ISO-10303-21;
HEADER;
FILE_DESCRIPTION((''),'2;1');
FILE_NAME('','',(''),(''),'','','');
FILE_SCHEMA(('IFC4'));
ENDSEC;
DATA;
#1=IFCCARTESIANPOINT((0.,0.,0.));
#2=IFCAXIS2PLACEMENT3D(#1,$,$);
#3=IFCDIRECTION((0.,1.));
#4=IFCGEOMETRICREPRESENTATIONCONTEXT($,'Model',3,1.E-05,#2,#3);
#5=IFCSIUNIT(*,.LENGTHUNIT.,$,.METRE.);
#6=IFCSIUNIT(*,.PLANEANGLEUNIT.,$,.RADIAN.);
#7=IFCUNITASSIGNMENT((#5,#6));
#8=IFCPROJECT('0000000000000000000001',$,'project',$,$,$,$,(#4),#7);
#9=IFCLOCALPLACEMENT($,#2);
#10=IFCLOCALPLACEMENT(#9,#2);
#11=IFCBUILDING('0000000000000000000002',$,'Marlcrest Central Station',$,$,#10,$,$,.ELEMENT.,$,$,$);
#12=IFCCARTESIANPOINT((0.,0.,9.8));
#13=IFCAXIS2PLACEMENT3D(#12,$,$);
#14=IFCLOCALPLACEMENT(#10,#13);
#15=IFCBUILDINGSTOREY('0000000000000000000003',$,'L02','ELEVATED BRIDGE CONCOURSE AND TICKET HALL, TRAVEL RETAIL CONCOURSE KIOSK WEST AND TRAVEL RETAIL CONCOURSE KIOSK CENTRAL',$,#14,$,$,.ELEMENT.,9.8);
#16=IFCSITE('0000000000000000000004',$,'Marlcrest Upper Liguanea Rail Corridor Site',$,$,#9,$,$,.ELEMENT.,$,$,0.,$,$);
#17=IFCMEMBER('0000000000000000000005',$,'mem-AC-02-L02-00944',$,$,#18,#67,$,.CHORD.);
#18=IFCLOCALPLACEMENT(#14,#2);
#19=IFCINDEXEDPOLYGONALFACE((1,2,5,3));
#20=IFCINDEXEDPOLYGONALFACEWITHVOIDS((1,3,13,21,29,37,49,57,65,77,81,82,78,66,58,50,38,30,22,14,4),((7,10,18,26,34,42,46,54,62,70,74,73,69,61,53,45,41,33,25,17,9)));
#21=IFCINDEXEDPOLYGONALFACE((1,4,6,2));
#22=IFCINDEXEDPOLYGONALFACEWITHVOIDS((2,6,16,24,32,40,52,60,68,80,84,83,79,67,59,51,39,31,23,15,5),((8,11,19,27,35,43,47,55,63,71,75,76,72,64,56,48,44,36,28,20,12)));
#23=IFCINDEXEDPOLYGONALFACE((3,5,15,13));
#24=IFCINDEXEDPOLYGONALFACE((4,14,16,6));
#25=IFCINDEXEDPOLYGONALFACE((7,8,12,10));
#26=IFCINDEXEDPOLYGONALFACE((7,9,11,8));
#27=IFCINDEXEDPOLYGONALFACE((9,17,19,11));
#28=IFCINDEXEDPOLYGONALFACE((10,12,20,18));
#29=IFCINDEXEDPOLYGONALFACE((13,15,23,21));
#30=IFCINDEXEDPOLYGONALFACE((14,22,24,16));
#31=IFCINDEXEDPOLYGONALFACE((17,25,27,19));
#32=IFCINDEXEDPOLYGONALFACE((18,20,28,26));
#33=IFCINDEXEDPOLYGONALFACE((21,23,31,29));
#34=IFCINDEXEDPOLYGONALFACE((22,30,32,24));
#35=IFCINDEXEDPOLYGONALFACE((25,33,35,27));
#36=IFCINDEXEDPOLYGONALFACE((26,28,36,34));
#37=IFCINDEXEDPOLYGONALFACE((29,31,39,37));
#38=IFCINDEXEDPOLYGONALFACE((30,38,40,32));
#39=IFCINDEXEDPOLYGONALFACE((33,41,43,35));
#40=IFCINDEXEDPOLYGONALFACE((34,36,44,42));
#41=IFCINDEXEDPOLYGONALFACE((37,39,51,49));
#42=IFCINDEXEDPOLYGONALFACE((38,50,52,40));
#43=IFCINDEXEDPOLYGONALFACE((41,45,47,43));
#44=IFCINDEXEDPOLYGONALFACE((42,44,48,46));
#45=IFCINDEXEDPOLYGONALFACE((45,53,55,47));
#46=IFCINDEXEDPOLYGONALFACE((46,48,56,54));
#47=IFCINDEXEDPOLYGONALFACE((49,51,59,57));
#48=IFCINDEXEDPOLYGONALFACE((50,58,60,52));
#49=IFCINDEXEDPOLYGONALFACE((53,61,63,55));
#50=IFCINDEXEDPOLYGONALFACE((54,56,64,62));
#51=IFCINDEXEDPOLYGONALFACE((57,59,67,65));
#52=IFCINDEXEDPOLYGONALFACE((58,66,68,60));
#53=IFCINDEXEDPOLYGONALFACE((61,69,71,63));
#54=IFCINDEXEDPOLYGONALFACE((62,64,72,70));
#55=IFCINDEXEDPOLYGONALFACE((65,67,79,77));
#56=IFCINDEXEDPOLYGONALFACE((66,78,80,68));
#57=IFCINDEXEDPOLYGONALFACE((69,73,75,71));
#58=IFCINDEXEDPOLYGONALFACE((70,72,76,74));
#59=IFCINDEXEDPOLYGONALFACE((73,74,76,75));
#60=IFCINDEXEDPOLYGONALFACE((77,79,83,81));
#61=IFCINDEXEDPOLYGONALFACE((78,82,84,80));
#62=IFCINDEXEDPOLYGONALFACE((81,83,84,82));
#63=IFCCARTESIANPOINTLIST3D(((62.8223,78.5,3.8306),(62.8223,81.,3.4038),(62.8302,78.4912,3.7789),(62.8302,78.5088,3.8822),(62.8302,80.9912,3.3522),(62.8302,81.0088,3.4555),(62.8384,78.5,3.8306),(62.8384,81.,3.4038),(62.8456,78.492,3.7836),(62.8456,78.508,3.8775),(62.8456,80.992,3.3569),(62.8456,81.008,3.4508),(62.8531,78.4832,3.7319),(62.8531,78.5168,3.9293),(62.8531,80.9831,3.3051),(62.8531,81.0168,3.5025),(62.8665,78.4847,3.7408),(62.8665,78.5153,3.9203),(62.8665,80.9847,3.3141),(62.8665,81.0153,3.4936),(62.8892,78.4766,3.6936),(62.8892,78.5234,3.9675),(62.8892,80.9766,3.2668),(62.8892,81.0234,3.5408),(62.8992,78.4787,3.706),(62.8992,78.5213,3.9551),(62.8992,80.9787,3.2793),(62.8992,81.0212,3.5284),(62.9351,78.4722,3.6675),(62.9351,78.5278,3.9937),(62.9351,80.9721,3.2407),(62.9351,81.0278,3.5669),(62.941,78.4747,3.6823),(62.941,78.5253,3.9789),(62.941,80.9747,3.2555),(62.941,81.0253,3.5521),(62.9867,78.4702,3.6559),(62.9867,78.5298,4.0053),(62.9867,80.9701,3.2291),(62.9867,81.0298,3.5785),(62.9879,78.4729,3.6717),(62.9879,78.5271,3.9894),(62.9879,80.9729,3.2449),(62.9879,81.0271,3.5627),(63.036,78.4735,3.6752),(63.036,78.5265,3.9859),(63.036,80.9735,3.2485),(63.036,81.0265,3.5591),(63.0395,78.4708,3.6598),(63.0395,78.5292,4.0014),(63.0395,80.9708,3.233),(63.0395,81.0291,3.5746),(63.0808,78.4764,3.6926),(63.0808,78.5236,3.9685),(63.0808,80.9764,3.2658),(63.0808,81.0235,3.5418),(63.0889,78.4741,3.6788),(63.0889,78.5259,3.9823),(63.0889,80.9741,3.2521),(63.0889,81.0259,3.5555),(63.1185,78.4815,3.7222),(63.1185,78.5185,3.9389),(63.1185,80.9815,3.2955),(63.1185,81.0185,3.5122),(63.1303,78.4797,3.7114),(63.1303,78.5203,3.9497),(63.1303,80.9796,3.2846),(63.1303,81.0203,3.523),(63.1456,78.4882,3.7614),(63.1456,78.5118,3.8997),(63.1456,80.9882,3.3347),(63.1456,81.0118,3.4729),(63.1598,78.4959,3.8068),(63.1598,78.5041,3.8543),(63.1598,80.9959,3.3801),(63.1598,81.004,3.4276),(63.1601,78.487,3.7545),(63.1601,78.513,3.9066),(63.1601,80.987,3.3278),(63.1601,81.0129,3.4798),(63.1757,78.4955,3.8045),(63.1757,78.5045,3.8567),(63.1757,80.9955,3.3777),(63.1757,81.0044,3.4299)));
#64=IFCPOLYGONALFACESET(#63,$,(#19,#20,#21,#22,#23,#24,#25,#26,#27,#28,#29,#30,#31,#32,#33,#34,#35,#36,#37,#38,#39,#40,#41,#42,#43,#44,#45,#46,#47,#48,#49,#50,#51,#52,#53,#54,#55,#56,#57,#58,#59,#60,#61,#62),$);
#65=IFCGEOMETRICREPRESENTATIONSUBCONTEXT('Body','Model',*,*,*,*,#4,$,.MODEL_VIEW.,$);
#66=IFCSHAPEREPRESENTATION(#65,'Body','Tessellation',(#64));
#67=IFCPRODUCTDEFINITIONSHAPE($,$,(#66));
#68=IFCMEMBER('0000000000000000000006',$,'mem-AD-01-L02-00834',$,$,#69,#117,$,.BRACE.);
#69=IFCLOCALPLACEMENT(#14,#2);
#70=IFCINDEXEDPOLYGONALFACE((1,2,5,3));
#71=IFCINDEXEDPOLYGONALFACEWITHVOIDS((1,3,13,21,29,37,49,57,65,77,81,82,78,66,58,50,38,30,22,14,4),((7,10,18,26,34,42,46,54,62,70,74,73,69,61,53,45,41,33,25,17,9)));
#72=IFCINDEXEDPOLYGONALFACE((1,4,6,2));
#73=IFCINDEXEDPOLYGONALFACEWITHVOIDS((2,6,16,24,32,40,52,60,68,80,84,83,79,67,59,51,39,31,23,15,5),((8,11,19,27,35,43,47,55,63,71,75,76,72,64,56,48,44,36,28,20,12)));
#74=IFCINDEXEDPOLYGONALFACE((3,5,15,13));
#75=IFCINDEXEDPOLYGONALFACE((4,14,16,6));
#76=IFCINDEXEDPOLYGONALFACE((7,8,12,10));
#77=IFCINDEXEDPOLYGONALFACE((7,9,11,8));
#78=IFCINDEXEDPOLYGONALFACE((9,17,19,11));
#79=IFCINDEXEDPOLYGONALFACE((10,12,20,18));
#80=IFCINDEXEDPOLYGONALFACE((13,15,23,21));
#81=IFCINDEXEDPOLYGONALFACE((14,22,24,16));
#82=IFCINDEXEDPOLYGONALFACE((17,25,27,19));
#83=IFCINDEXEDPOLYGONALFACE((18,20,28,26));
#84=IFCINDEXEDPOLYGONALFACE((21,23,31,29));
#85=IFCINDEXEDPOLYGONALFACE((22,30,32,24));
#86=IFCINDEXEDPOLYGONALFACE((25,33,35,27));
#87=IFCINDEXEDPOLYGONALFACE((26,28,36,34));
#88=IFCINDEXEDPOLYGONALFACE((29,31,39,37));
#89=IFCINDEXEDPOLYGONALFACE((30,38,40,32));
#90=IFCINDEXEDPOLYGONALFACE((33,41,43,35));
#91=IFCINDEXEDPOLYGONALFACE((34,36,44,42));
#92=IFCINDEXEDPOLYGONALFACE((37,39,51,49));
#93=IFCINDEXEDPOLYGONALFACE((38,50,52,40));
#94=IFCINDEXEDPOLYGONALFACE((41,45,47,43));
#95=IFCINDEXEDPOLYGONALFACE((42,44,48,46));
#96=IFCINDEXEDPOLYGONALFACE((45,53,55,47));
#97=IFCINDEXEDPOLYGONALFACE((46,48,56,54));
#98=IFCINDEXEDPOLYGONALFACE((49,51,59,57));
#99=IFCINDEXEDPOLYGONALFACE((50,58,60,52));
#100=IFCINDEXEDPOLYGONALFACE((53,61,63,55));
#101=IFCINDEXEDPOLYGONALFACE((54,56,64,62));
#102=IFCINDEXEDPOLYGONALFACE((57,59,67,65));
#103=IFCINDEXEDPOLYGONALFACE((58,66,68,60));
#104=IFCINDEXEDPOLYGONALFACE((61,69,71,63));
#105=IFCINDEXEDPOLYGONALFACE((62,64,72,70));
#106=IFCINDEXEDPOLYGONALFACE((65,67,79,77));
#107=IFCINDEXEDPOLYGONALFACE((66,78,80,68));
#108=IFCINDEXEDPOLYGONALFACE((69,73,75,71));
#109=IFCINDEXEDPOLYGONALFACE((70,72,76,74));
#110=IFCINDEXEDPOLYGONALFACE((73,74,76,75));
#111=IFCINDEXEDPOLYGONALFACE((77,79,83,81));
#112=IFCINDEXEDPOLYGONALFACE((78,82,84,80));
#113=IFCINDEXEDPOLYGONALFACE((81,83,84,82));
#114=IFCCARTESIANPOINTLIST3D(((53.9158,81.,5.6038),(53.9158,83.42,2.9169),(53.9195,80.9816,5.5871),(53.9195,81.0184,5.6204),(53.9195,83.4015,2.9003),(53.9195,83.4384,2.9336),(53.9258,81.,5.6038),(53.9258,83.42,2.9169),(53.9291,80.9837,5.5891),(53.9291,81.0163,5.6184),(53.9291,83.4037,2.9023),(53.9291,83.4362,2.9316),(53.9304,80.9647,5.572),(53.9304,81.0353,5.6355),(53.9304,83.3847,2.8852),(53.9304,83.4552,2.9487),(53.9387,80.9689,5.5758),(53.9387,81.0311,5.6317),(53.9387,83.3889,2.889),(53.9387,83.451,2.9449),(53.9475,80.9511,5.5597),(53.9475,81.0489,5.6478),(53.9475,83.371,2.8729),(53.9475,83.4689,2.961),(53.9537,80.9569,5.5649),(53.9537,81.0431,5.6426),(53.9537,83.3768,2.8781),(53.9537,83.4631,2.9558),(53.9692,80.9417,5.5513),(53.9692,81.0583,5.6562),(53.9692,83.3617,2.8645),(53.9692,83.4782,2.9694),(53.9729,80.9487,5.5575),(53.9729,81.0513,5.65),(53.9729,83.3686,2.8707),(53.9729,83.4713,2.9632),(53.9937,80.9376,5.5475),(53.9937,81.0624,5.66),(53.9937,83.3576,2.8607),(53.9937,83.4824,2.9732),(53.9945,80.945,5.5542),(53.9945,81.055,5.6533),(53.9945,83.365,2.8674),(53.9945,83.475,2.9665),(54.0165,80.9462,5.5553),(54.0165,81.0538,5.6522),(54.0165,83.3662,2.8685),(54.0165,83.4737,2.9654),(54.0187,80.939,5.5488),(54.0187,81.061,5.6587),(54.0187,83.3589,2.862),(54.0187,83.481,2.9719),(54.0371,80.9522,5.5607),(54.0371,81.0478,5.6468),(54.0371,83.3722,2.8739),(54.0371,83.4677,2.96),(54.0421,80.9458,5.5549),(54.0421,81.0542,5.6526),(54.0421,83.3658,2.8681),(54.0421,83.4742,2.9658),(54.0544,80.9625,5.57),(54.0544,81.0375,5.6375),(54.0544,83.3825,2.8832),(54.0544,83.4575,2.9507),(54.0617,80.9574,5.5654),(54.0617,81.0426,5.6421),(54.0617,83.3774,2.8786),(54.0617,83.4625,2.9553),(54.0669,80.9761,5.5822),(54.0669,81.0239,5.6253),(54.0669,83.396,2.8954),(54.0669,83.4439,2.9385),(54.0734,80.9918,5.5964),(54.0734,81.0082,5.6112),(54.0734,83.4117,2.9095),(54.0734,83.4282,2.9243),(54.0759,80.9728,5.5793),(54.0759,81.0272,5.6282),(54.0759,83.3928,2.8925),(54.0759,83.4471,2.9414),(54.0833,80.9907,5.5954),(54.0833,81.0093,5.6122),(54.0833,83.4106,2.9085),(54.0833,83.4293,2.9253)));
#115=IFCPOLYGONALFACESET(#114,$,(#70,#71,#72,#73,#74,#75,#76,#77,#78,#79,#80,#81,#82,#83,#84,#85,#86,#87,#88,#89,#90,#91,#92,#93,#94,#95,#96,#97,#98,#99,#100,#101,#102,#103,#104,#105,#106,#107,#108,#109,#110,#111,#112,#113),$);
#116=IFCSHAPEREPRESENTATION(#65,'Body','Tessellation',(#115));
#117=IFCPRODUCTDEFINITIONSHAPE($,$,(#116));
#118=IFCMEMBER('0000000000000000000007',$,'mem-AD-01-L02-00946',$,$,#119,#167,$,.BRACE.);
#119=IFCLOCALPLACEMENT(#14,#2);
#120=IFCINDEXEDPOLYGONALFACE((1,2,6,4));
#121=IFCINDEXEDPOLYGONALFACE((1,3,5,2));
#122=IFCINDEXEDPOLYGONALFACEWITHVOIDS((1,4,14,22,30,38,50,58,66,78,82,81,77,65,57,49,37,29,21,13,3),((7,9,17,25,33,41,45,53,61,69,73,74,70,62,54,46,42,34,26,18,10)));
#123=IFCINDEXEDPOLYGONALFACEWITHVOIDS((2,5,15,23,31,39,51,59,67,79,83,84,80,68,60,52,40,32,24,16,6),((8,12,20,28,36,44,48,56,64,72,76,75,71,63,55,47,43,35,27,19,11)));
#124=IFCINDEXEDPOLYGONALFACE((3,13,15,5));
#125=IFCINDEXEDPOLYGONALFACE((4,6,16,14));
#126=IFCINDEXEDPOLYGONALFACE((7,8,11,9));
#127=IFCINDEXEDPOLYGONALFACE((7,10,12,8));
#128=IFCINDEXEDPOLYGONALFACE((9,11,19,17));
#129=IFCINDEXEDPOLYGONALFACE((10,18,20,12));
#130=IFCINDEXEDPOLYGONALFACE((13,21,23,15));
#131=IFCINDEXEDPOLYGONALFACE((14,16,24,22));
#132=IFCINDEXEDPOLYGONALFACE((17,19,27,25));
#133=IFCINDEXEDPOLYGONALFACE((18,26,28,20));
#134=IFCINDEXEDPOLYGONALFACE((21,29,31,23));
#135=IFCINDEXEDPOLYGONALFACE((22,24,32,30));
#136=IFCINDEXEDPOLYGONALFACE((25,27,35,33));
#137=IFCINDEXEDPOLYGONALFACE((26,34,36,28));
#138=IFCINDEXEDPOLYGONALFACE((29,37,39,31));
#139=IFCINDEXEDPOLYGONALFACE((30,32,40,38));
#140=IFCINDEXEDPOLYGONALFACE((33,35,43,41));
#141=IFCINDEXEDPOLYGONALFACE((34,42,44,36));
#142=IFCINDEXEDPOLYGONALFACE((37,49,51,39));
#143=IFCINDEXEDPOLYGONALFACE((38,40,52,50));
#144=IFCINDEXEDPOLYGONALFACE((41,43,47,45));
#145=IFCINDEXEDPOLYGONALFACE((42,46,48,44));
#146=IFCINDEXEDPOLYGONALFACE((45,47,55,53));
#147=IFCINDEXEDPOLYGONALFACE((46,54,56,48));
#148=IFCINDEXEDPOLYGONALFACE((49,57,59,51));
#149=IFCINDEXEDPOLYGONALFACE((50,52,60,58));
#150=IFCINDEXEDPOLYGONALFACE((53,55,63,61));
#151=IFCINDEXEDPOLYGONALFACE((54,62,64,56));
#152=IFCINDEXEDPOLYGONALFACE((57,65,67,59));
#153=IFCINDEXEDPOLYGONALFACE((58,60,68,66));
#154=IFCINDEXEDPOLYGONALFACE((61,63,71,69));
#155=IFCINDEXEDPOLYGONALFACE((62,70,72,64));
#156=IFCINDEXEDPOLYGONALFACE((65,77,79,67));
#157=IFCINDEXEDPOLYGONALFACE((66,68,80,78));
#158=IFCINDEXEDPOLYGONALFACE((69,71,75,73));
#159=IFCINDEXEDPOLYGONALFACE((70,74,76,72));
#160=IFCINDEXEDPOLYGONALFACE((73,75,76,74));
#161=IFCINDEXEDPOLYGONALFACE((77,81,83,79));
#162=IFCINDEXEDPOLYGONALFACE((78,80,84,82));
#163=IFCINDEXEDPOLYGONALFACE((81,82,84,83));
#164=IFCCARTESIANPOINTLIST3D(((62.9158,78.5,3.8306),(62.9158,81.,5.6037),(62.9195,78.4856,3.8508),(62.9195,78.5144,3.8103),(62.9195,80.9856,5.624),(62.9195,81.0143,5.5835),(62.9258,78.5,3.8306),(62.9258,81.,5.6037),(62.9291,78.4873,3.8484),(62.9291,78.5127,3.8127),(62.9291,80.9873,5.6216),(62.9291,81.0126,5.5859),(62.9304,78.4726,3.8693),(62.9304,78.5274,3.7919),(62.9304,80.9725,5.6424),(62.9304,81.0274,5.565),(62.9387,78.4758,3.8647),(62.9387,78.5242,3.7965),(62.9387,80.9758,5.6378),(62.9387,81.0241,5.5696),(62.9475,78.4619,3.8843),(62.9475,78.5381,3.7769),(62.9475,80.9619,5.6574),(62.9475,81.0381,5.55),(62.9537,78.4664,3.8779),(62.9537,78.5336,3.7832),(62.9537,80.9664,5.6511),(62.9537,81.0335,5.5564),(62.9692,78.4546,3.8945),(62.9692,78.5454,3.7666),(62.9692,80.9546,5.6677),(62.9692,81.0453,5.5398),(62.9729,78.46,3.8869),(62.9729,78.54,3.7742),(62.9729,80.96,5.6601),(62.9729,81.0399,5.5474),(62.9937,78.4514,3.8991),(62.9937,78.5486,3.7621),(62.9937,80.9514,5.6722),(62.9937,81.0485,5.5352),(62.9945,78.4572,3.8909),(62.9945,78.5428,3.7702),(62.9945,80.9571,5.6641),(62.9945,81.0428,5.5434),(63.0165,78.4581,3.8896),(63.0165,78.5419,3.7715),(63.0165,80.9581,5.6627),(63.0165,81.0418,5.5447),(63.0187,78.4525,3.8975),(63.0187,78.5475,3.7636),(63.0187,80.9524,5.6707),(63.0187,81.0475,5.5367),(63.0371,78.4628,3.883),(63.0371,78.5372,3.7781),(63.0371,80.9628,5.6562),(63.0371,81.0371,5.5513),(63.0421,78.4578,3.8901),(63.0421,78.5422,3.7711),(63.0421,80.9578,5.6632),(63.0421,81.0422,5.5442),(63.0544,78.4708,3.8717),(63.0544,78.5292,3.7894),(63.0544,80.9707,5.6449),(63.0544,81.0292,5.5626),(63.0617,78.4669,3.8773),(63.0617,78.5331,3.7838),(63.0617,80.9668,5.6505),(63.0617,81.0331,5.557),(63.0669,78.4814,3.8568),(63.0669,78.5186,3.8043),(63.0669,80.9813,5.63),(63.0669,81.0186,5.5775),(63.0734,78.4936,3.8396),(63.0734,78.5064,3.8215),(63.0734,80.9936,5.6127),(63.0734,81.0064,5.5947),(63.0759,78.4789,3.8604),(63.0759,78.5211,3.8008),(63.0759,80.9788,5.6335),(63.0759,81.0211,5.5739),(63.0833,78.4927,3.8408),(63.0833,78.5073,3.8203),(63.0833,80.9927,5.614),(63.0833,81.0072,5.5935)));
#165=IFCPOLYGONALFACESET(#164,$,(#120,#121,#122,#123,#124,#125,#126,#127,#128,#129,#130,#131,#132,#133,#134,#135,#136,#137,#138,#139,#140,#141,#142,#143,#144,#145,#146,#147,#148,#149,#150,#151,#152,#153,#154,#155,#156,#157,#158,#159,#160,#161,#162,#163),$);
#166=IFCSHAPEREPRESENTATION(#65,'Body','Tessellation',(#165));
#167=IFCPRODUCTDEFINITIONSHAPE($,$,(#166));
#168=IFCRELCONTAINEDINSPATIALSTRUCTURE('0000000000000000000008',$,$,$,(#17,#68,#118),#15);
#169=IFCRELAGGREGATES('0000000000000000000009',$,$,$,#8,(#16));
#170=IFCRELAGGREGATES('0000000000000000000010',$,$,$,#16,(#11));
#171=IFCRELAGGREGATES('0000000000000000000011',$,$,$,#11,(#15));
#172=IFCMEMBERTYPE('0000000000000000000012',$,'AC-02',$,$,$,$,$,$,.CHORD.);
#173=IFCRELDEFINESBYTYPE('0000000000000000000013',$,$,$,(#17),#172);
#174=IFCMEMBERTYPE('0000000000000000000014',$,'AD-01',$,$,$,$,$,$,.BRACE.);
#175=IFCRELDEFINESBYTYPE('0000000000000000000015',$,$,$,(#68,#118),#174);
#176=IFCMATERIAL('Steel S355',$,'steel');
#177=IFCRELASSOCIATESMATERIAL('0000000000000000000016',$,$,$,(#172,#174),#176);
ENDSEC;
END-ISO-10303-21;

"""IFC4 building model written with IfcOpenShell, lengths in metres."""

from ifc_helpers import new_model, si_unit, direction, frame, origin, origin_2d, place, context, subcontext, project, spatial, hollow_circle, extrude, material, material_profile, profile_set, type_object, element, save


model = new_model("IFC4")

# Units and contexts
model_context = context("Model", 3, precision=1e-05, world=origin(), true_north=direction((0.0, 1.0)))
body_context = subcontext(model_context, "Body", "Model", "MODEL_VIEW")
ifc_project = project(units=[si_unit("LENGTHUNIT", "METRE"), si_unit("PLANEANGLEUNIT", "RADIAN")], contexts=[model_context])

# Site, building, storey
site_placement = place(None, origin())
site = spatial("IfcSite", under=ifc_project, at=site_placement, Name="Marlcrest Upper Liguanea Rail Corridor Site", CompositionType="ELEMENT", RefElevation=0.0)
building_placement = place(site_placement, origin())
building = spatial("IfcBuilding", under=site, at=building_placement, Name="Marlcrest Central Station", CompositionType="ELEMENT")
storey_placement = place(building_placement, frame((0.0, 0.0, 9.8)))
storey = spatial("IfcBuildingStorey", under=building, at=storey_placement, Name="L02", Description="ELEVATED BRIDGE CONCOURSE AND TICKET HALL, TRAVEL RETAIL CONCOURSE KIOSK WEST AND TRAVEL RETAIL CONCOURSE KIOSK CENTRAL", CompositionType="ELEMENT", Elevation=9.8)

# Members
ifc_material_1 = material(Name="Steel S355", Category="steel")
ifc_material_profile_1 = material_profile(ifc_material_1, hollow_circle(Radius=0.1777, WallThickness=0.0161, at=origin_2d()), Name="CHS 355.6x16")
ifc_profile_set_1 = profile_set([ifc_material_profile_1], Name="Steel S355")
member_type_1 = type_object("IfcMemberType", Name="AC-02", PredefinedType="CHORD", material=ifc_profile_set_1)
member_1_placement = place(storey_placement, frame((63.0, 78.5, 3.8306), z_axis=(0.0, 0.985741, -0.168269), x_axis=(-1.0, 0.0, 0.0)))
element("IfcMember", 1, at=member_1_placement, inside=storey, type_object=member_type_1, Name="mem-AC-02-L02-00944", PredefinedType="CHORD", context=body_context, shape_type="SweptSolid", body=[
    extrude(hollow_circle(Radius=0.1777, WallThickness=0.0161, at=origin_2d()), origin(), (0.0, 0.0, 1.0), 2.5361),
])
ifc_material_profile_2 = material_profile(ifc_material_1, hollow_circle(Radius=0.0842, WallThickness=0.01, at=origin_2d()), Name="CHS 168.3x10")
ifc_profile_set_2 = profile_set([ifc_material_profile_2], Name="Steel S355")
member_type_2 = type_object("IfcMemberType", Name="AD-01", PredefinedType="BRACE", material=ifc_profile_set_2)
member_2_placement = place(storey_placement, frame((54.0, 81.0, 5.6038), z_axis=(0.0, 0.669244, -0.743042), x_axis=(-1.0, 0.0, 0.0)))
element("IfcMember", 2, at=member_2_placement, inside=storey, type_object=member_type_2, Name="mem-AD-01-L02-00834", PredefinedType="BRACE", context=body_context, shape_type="SweptSolid", body=[
    extrude(hollow_circle(Radius=0.0842, WallThickness=0.01, at=origin_2d()), origin(), (0.0, 0.0, 1.0), 3.616),
])
member_3_placement = place(storey_placement, frame((63.0, 78.5, 3.8306), z_axis=(0.0, 0.815661, 0.57853), x_axis=(-1.0, 0.0, 0.0)))
element("IfcMember", 3, at=member_3_placement, inside=storey, type_object=member_type_2, Name="mem-AD-01-L02-00946", PredefinedType="BRACE", context=body_context, shape_type="SweptSolid", body=[
    extrude(hollow_circle(Radius=0.0842, WallThickness=0.01, at=origin_2d()), origin(), (0.0, 0.0, 1.0), 3.0649),
])

save(model, "model.ifc")
